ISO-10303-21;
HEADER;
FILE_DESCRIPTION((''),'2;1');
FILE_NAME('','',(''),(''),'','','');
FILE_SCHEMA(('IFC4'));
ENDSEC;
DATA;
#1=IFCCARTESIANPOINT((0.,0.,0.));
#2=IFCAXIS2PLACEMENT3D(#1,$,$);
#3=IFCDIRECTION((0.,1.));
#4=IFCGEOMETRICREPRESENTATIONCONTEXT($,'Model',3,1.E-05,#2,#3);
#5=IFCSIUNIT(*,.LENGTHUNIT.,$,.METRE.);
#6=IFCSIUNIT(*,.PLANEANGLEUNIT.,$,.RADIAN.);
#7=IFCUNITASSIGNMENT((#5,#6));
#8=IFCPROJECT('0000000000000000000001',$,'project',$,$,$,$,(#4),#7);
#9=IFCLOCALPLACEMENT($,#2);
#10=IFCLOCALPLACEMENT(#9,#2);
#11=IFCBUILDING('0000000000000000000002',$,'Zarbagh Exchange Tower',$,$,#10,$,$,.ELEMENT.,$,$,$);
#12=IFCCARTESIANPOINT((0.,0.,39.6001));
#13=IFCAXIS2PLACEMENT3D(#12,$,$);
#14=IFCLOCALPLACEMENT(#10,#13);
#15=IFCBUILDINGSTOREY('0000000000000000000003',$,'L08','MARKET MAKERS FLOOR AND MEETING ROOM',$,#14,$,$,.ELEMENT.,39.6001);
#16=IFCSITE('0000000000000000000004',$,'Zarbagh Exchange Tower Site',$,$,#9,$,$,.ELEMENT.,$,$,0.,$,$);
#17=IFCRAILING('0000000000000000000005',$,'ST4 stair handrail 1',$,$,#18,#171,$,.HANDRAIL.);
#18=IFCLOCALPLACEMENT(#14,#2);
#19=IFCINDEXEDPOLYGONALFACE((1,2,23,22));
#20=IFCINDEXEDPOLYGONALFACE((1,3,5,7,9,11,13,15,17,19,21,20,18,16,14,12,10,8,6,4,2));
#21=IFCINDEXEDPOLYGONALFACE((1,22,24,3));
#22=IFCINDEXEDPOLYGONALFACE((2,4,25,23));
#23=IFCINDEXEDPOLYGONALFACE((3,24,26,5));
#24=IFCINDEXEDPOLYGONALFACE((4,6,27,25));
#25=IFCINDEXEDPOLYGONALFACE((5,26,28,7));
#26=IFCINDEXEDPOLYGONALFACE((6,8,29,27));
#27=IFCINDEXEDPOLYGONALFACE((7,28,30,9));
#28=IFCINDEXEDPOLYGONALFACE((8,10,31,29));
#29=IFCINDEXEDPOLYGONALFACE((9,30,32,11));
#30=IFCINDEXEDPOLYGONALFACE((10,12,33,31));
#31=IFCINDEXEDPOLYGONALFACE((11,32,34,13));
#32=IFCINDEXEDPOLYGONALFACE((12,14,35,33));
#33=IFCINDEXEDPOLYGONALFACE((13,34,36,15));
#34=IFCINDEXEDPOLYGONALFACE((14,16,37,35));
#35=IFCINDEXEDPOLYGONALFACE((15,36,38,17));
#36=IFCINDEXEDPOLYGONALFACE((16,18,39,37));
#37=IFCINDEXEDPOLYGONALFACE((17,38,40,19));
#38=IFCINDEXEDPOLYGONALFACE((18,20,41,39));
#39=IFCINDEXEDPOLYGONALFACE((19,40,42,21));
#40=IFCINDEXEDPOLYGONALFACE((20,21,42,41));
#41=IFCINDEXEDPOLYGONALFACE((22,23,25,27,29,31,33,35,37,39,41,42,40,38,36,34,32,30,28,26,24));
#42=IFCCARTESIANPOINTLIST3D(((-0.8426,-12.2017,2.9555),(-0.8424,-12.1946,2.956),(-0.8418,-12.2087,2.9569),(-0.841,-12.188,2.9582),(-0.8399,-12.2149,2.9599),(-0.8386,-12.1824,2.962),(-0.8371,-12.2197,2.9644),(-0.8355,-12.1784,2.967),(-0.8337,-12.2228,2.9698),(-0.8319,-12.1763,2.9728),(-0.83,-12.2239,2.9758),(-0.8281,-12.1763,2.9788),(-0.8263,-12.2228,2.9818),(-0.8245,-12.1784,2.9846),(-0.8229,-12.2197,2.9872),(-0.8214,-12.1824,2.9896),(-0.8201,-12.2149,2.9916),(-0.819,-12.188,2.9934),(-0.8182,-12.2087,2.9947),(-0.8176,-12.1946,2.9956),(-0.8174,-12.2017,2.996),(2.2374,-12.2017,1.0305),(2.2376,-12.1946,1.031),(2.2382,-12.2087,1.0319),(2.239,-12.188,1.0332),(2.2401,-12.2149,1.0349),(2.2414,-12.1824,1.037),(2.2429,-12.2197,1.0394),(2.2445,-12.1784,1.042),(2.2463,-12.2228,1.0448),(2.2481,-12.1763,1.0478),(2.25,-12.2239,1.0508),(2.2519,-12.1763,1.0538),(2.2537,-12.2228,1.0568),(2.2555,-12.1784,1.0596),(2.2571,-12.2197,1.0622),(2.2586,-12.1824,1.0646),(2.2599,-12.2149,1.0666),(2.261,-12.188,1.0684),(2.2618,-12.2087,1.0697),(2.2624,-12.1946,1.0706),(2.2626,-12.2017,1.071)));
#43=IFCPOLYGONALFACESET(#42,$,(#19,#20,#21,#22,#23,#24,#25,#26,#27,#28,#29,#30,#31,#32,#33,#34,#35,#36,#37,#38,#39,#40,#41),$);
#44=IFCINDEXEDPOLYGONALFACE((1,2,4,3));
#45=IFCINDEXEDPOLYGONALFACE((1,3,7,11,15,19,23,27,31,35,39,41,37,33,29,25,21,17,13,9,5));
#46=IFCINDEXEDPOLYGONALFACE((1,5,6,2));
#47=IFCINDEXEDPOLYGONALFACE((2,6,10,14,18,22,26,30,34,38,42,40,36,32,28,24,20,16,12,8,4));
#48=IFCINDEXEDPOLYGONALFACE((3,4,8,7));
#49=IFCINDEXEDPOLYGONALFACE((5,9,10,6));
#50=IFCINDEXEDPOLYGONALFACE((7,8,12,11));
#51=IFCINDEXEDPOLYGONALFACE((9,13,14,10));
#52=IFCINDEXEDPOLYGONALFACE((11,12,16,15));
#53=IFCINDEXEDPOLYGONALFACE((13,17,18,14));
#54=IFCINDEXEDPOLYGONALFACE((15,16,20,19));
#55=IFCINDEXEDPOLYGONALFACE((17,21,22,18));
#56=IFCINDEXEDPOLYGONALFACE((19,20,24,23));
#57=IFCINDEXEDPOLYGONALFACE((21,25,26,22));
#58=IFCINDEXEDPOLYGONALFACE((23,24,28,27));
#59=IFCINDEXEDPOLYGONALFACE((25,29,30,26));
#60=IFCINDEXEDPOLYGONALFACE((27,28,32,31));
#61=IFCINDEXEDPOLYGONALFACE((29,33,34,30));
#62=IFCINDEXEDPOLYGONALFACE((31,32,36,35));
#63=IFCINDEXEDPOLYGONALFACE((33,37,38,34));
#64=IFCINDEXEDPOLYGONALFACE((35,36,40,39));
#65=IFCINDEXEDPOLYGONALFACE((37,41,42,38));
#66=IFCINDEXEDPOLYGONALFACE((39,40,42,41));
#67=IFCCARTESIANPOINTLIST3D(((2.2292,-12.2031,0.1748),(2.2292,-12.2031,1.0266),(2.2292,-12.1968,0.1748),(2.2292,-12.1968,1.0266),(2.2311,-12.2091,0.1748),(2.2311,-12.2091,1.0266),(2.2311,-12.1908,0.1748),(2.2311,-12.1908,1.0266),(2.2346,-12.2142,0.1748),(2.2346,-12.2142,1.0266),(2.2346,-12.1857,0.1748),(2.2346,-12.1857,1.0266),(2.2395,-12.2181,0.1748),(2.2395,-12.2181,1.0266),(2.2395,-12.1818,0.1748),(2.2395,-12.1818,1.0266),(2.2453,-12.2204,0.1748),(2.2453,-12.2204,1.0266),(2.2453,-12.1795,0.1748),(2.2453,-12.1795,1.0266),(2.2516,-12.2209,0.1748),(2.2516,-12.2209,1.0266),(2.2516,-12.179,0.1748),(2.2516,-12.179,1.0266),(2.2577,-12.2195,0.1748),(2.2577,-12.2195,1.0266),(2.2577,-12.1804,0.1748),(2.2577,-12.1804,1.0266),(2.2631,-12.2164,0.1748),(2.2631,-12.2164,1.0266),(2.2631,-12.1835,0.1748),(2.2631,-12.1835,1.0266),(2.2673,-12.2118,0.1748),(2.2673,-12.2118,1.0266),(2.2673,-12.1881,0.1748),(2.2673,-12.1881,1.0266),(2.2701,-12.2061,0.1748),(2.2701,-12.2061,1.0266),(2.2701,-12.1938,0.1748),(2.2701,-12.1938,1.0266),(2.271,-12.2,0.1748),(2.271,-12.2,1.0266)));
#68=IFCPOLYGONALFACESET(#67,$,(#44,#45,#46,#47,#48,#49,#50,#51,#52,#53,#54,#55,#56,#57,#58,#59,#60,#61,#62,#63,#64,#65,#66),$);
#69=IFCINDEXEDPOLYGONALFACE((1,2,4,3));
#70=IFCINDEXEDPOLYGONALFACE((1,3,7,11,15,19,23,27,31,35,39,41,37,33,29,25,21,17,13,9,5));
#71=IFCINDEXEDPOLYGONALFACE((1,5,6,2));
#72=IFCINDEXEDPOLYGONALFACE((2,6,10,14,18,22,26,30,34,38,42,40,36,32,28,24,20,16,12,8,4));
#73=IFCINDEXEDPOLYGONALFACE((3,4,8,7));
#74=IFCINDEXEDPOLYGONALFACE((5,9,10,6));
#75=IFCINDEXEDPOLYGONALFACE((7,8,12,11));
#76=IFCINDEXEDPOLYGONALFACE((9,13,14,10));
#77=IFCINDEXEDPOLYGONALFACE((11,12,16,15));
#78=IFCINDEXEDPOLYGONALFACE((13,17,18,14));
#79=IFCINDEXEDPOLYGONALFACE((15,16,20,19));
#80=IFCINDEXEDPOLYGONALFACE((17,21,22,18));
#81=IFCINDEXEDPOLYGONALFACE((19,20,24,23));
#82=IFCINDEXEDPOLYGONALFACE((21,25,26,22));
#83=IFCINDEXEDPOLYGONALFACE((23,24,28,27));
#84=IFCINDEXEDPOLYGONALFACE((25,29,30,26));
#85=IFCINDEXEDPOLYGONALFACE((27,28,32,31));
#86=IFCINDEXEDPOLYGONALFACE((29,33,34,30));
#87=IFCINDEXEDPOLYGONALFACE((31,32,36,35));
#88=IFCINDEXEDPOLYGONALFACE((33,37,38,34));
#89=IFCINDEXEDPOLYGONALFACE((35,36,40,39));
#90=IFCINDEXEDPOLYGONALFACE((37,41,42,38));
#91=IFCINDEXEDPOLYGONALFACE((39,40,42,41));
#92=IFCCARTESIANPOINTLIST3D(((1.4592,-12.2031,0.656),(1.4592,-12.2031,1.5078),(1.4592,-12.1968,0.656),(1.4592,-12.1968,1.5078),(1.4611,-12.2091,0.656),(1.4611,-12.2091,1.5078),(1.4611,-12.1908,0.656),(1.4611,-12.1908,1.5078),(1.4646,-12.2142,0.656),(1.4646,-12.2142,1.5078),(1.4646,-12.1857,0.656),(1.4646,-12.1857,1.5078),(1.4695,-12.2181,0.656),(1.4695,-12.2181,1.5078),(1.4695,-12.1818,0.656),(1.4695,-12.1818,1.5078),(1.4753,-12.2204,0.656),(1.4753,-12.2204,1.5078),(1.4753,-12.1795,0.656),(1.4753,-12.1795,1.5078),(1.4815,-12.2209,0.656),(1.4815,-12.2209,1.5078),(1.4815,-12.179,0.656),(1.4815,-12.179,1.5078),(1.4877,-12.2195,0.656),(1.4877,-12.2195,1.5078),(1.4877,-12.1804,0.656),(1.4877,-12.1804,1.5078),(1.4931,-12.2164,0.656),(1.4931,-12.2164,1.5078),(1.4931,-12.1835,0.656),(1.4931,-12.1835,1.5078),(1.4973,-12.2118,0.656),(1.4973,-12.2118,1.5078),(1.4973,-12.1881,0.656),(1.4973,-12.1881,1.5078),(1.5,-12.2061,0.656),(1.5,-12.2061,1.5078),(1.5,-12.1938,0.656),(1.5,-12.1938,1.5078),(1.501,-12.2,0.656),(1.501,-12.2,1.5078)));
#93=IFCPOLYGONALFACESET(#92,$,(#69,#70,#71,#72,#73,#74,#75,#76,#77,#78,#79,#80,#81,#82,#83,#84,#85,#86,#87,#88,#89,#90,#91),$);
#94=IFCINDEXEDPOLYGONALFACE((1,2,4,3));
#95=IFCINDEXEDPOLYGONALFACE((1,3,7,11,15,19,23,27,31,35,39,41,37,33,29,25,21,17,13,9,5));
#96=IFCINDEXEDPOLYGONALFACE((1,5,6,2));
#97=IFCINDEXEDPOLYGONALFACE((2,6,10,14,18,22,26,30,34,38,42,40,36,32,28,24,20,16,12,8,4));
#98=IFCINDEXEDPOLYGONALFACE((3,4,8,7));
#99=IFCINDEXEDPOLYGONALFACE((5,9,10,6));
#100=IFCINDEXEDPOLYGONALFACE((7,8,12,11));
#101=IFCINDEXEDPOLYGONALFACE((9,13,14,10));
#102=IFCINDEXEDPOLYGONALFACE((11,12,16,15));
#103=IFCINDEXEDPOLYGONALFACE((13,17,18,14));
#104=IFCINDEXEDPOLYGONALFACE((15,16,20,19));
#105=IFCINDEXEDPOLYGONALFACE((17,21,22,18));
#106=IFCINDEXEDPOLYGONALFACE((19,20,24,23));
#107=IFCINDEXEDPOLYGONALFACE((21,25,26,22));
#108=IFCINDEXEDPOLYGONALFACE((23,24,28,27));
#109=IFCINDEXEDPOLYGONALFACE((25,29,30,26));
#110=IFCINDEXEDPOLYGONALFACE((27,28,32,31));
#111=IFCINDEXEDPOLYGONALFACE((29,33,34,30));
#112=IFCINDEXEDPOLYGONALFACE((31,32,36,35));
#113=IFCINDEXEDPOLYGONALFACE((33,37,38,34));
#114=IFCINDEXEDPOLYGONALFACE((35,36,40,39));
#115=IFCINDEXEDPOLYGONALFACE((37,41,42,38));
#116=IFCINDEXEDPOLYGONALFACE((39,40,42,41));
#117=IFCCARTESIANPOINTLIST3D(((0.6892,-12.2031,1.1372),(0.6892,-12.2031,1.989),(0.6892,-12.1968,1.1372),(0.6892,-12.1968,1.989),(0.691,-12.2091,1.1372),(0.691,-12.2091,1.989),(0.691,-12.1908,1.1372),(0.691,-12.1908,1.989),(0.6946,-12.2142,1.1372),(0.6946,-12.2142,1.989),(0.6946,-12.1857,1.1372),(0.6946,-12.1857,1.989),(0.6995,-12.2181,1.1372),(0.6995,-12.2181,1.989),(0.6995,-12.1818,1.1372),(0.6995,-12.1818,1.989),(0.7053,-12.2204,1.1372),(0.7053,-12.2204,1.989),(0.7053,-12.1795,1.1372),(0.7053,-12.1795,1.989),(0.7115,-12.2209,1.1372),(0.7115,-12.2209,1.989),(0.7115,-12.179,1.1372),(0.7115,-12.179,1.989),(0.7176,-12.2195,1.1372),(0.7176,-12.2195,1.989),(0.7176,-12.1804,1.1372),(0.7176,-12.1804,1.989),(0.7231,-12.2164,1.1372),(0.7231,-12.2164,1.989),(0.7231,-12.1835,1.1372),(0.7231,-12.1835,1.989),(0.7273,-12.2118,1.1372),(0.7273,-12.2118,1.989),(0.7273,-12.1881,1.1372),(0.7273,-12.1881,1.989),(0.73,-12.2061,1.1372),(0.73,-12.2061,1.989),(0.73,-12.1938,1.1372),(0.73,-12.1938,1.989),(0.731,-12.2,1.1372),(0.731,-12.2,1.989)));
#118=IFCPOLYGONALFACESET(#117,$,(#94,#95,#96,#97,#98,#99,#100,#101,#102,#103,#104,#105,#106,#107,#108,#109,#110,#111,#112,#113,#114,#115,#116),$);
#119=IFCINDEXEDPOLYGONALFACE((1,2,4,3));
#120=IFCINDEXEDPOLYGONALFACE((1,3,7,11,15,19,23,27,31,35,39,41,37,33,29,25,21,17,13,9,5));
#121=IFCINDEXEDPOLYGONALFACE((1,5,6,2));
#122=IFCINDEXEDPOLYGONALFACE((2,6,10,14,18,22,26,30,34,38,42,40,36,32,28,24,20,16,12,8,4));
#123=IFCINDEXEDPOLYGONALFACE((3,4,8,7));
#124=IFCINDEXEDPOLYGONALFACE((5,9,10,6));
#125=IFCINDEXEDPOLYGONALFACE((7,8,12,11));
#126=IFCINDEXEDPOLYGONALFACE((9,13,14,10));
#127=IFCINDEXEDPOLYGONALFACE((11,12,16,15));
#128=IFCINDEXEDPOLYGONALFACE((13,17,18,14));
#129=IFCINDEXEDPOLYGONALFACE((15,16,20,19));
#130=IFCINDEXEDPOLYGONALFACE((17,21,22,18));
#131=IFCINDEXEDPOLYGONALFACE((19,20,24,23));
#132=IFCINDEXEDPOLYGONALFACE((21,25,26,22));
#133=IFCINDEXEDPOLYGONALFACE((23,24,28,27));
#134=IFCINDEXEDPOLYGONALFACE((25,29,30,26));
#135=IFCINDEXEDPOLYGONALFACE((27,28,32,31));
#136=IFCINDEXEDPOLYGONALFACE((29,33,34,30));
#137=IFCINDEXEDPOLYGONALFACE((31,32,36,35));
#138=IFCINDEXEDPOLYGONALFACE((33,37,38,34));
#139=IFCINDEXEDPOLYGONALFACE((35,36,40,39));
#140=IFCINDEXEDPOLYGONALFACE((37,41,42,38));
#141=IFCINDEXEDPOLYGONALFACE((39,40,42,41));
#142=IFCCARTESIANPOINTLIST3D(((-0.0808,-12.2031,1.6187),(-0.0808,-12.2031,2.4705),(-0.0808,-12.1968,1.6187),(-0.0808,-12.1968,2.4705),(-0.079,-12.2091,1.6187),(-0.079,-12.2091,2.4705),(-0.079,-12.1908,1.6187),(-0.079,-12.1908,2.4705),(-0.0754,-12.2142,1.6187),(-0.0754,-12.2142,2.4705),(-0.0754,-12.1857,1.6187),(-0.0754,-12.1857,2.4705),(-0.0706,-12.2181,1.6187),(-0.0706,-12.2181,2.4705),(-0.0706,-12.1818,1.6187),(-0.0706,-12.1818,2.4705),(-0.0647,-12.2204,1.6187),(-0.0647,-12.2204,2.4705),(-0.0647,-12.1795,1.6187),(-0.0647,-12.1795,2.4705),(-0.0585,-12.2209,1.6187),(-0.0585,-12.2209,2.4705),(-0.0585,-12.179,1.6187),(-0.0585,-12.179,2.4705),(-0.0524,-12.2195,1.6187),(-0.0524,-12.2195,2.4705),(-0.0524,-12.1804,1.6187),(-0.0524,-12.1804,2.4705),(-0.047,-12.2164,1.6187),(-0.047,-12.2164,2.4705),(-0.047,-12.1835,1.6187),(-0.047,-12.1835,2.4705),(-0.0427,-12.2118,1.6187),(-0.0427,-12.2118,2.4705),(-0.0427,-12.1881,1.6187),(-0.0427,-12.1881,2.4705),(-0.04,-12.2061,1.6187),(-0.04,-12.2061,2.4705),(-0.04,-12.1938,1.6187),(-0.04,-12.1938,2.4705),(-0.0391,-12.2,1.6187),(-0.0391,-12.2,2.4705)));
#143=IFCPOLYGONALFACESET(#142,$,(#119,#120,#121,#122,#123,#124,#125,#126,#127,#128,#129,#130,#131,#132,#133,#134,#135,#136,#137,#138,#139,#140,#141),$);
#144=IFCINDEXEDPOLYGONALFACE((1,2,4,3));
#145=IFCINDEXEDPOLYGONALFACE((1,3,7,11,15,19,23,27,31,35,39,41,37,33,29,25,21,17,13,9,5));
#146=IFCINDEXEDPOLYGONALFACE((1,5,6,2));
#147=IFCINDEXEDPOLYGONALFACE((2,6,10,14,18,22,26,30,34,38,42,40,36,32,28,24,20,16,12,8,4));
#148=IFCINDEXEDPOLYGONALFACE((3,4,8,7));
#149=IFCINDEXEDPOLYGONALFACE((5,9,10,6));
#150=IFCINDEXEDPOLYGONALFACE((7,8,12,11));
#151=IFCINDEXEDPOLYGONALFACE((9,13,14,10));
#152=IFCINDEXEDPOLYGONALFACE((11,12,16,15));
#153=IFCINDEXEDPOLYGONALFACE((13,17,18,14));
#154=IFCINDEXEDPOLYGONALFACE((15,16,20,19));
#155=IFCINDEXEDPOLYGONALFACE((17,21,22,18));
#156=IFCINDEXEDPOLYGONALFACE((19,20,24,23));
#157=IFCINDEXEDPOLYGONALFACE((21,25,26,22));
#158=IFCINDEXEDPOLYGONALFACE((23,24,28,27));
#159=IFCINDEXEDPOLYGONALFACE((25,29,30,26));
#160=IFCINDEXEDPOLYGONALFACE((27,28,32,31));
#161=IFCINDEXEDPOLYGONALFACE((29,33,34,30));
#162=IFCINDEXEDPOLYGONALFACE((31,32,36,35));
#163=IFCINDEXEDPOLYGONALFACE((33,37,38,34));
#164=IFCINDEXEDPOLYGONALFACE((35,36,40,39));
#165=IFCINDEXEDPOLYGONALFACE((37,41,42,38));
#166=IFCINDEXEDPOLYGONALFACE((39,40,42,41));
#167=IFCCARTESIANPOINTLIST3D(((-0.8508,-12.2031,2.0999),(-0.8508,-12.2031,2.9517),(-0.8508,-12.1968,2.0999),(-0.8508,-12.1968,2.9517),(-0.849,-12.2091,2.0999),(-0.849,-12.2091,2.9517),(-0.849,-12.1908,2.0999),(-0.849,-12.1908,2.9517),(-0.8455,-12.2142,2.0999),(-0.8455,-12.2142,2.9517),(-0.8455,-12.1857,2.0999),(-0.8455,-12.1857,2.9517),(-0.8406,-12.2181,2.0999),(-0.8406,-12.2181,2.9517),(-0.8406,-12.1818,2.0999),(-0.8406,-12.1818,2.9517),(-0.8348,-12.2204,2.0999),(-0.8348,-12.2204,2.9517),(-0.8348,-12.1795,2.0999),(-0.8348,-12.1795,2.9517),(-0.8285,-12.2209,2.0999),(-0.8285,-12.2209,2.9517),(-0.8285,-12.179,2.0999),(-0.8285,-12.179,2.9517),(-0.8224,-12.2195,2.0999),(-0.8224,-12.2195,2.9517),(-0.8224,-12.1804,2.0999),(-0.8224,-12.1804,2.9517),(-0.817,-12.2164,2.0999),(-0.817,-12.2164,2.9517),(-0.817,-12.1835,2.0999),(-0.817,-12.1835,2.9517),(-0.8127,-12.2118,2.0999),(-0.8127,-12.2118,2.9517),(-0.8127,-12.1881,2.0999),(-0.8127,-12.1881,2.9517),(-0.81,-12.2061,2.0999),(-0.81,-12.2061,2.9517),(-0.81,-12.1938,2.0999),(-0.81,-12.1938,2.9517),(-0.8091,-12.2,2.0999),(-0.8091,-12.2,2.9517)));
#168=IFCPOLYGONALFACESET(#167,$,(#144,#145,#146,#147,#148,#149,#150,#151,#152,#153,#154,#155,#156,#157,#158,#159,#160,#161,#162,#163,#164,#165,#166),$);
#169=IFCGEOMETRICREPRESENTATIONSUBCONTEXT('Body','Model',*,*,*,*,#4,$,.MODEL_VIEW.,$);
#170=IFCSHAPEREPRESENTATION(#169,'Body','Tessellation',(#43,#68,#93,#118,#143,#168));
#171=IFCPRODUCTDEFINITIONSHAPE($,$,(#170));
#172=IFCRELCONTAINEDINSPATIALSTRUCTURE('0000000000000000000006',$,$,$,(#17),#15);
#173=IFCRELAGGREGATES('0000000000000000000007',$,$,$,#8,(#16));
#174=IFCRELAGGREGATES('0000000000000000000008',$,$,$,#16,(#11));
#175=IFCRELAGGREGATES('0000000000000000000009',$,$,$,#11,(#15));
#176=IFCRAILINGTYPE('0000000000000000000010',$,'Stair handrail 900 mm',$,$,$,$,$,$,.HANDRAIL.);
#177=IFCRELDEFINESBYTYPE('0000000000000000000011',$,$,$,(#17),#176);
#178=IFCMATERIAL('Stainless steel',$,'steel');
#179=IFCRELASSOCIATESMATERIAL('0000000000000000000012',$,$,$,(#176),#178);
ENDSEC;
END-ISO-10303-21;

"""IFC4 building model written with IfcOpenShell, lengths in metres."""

from ifc_helpers import new_model, si_unit, direction, frame, origin, origin_2d, place, context, subcontext, project, spatial, circle, extrude, material, type_object, element, save


model = new_model("IFC4")

# Units and contexts
model_context = context("Model", 3, precision=1e-05, world=origin(), true_north=direction((0.0, 1.0)))
body_context = subcontext(model_context, "Body", "Model", "MODEL_VIEW")
ifc_project = project(units=[si_unit("LENGTHUNIT", "METRE"), si_unit("PLANEANGLEUNIT", "RADIAN")], contexts=[model_context])

# Site, building, storey
site_placement = place(None, origin())
site = spatial("IfcSite", under=ifc_project, at=site_placement, Name="Zarbagh Exchange Tower Site", CompositionType="ELEMENT", RefElevation=0.0)
building_placement = place(site_placement, origin())
building = spatial("IfcBuilding", under=site, at=building_placement, Name="Zarbagh Exchange Tower", CompositionType="ELEMENT")
storey_placement = place(building_placement, frame((0.0, 0.0, 39.6001)))
storey = spatial("IfcBuildingStorey", under=building, at=storey_placement, Name="L08", Description="MARKET MAKERS FLOOR AND MEETING ROOM", CompositionType="ELEMENT", Elevation=39.6001)

# Railing
ifc_material_1 = material(Name="Stainless steel", Category="steel")
railing_type_1 = type_object("IfcRailingType", Name="Stair handrail 900 mm", PredefinedType="HANDRAIL", material=ifc_material_1)
for number, where, name in (
    (1, (2.25, -12.2, 0.1748), "ST4 stair handrail 1"),
):
    element("IfcRailing", number, at=place(storey_placement, frame(where)), inside=storey, type_object=railing_type_1, Name=name, PredefinedType="HANDRAIL", context=body_context, shape_type="SweptSolid", body=[
        extrude(circle(Radius=0.0239, at=origin_2d()), frame((0.0, 0.0, 0.876), z_axis=(-0.847998, 0.0, 0.529999), x_axis=(0.0, -1.0, 0.0)), (0.0, 0.0, 1.0), 3.6321),
        extrude(circle(Radius=0.021, at=origin_2d()), origin(), (0.0, 0.0, 1.0), 0.8518),
        extrude(circle(Radius=0.021, at=origin_2d()), frame((-0.77, 0.0, 0.4812)), (0.0, 0.0, 1.0), 0.8518),
        extrude(circle(Radius=0.021, at=origin_2d()), frame((-1.54, 0.0, 0.9624)), (0.0, 0.0, 1.0), 0.8518),
        extrude(circle(Radius=0.021, at=origin_2d()), frame((-2.3101, 0.0, 1.4438)), (0.0, 0.0, 1.0), 0.8518),
        extrude(circle(Radius=0.021, at=origin_2d()), frame((-3.0801, 0.0, 1.925)), (0.0, 0.0, 1.0), 0.8518),
    ])

save(model, "model.ifc")
